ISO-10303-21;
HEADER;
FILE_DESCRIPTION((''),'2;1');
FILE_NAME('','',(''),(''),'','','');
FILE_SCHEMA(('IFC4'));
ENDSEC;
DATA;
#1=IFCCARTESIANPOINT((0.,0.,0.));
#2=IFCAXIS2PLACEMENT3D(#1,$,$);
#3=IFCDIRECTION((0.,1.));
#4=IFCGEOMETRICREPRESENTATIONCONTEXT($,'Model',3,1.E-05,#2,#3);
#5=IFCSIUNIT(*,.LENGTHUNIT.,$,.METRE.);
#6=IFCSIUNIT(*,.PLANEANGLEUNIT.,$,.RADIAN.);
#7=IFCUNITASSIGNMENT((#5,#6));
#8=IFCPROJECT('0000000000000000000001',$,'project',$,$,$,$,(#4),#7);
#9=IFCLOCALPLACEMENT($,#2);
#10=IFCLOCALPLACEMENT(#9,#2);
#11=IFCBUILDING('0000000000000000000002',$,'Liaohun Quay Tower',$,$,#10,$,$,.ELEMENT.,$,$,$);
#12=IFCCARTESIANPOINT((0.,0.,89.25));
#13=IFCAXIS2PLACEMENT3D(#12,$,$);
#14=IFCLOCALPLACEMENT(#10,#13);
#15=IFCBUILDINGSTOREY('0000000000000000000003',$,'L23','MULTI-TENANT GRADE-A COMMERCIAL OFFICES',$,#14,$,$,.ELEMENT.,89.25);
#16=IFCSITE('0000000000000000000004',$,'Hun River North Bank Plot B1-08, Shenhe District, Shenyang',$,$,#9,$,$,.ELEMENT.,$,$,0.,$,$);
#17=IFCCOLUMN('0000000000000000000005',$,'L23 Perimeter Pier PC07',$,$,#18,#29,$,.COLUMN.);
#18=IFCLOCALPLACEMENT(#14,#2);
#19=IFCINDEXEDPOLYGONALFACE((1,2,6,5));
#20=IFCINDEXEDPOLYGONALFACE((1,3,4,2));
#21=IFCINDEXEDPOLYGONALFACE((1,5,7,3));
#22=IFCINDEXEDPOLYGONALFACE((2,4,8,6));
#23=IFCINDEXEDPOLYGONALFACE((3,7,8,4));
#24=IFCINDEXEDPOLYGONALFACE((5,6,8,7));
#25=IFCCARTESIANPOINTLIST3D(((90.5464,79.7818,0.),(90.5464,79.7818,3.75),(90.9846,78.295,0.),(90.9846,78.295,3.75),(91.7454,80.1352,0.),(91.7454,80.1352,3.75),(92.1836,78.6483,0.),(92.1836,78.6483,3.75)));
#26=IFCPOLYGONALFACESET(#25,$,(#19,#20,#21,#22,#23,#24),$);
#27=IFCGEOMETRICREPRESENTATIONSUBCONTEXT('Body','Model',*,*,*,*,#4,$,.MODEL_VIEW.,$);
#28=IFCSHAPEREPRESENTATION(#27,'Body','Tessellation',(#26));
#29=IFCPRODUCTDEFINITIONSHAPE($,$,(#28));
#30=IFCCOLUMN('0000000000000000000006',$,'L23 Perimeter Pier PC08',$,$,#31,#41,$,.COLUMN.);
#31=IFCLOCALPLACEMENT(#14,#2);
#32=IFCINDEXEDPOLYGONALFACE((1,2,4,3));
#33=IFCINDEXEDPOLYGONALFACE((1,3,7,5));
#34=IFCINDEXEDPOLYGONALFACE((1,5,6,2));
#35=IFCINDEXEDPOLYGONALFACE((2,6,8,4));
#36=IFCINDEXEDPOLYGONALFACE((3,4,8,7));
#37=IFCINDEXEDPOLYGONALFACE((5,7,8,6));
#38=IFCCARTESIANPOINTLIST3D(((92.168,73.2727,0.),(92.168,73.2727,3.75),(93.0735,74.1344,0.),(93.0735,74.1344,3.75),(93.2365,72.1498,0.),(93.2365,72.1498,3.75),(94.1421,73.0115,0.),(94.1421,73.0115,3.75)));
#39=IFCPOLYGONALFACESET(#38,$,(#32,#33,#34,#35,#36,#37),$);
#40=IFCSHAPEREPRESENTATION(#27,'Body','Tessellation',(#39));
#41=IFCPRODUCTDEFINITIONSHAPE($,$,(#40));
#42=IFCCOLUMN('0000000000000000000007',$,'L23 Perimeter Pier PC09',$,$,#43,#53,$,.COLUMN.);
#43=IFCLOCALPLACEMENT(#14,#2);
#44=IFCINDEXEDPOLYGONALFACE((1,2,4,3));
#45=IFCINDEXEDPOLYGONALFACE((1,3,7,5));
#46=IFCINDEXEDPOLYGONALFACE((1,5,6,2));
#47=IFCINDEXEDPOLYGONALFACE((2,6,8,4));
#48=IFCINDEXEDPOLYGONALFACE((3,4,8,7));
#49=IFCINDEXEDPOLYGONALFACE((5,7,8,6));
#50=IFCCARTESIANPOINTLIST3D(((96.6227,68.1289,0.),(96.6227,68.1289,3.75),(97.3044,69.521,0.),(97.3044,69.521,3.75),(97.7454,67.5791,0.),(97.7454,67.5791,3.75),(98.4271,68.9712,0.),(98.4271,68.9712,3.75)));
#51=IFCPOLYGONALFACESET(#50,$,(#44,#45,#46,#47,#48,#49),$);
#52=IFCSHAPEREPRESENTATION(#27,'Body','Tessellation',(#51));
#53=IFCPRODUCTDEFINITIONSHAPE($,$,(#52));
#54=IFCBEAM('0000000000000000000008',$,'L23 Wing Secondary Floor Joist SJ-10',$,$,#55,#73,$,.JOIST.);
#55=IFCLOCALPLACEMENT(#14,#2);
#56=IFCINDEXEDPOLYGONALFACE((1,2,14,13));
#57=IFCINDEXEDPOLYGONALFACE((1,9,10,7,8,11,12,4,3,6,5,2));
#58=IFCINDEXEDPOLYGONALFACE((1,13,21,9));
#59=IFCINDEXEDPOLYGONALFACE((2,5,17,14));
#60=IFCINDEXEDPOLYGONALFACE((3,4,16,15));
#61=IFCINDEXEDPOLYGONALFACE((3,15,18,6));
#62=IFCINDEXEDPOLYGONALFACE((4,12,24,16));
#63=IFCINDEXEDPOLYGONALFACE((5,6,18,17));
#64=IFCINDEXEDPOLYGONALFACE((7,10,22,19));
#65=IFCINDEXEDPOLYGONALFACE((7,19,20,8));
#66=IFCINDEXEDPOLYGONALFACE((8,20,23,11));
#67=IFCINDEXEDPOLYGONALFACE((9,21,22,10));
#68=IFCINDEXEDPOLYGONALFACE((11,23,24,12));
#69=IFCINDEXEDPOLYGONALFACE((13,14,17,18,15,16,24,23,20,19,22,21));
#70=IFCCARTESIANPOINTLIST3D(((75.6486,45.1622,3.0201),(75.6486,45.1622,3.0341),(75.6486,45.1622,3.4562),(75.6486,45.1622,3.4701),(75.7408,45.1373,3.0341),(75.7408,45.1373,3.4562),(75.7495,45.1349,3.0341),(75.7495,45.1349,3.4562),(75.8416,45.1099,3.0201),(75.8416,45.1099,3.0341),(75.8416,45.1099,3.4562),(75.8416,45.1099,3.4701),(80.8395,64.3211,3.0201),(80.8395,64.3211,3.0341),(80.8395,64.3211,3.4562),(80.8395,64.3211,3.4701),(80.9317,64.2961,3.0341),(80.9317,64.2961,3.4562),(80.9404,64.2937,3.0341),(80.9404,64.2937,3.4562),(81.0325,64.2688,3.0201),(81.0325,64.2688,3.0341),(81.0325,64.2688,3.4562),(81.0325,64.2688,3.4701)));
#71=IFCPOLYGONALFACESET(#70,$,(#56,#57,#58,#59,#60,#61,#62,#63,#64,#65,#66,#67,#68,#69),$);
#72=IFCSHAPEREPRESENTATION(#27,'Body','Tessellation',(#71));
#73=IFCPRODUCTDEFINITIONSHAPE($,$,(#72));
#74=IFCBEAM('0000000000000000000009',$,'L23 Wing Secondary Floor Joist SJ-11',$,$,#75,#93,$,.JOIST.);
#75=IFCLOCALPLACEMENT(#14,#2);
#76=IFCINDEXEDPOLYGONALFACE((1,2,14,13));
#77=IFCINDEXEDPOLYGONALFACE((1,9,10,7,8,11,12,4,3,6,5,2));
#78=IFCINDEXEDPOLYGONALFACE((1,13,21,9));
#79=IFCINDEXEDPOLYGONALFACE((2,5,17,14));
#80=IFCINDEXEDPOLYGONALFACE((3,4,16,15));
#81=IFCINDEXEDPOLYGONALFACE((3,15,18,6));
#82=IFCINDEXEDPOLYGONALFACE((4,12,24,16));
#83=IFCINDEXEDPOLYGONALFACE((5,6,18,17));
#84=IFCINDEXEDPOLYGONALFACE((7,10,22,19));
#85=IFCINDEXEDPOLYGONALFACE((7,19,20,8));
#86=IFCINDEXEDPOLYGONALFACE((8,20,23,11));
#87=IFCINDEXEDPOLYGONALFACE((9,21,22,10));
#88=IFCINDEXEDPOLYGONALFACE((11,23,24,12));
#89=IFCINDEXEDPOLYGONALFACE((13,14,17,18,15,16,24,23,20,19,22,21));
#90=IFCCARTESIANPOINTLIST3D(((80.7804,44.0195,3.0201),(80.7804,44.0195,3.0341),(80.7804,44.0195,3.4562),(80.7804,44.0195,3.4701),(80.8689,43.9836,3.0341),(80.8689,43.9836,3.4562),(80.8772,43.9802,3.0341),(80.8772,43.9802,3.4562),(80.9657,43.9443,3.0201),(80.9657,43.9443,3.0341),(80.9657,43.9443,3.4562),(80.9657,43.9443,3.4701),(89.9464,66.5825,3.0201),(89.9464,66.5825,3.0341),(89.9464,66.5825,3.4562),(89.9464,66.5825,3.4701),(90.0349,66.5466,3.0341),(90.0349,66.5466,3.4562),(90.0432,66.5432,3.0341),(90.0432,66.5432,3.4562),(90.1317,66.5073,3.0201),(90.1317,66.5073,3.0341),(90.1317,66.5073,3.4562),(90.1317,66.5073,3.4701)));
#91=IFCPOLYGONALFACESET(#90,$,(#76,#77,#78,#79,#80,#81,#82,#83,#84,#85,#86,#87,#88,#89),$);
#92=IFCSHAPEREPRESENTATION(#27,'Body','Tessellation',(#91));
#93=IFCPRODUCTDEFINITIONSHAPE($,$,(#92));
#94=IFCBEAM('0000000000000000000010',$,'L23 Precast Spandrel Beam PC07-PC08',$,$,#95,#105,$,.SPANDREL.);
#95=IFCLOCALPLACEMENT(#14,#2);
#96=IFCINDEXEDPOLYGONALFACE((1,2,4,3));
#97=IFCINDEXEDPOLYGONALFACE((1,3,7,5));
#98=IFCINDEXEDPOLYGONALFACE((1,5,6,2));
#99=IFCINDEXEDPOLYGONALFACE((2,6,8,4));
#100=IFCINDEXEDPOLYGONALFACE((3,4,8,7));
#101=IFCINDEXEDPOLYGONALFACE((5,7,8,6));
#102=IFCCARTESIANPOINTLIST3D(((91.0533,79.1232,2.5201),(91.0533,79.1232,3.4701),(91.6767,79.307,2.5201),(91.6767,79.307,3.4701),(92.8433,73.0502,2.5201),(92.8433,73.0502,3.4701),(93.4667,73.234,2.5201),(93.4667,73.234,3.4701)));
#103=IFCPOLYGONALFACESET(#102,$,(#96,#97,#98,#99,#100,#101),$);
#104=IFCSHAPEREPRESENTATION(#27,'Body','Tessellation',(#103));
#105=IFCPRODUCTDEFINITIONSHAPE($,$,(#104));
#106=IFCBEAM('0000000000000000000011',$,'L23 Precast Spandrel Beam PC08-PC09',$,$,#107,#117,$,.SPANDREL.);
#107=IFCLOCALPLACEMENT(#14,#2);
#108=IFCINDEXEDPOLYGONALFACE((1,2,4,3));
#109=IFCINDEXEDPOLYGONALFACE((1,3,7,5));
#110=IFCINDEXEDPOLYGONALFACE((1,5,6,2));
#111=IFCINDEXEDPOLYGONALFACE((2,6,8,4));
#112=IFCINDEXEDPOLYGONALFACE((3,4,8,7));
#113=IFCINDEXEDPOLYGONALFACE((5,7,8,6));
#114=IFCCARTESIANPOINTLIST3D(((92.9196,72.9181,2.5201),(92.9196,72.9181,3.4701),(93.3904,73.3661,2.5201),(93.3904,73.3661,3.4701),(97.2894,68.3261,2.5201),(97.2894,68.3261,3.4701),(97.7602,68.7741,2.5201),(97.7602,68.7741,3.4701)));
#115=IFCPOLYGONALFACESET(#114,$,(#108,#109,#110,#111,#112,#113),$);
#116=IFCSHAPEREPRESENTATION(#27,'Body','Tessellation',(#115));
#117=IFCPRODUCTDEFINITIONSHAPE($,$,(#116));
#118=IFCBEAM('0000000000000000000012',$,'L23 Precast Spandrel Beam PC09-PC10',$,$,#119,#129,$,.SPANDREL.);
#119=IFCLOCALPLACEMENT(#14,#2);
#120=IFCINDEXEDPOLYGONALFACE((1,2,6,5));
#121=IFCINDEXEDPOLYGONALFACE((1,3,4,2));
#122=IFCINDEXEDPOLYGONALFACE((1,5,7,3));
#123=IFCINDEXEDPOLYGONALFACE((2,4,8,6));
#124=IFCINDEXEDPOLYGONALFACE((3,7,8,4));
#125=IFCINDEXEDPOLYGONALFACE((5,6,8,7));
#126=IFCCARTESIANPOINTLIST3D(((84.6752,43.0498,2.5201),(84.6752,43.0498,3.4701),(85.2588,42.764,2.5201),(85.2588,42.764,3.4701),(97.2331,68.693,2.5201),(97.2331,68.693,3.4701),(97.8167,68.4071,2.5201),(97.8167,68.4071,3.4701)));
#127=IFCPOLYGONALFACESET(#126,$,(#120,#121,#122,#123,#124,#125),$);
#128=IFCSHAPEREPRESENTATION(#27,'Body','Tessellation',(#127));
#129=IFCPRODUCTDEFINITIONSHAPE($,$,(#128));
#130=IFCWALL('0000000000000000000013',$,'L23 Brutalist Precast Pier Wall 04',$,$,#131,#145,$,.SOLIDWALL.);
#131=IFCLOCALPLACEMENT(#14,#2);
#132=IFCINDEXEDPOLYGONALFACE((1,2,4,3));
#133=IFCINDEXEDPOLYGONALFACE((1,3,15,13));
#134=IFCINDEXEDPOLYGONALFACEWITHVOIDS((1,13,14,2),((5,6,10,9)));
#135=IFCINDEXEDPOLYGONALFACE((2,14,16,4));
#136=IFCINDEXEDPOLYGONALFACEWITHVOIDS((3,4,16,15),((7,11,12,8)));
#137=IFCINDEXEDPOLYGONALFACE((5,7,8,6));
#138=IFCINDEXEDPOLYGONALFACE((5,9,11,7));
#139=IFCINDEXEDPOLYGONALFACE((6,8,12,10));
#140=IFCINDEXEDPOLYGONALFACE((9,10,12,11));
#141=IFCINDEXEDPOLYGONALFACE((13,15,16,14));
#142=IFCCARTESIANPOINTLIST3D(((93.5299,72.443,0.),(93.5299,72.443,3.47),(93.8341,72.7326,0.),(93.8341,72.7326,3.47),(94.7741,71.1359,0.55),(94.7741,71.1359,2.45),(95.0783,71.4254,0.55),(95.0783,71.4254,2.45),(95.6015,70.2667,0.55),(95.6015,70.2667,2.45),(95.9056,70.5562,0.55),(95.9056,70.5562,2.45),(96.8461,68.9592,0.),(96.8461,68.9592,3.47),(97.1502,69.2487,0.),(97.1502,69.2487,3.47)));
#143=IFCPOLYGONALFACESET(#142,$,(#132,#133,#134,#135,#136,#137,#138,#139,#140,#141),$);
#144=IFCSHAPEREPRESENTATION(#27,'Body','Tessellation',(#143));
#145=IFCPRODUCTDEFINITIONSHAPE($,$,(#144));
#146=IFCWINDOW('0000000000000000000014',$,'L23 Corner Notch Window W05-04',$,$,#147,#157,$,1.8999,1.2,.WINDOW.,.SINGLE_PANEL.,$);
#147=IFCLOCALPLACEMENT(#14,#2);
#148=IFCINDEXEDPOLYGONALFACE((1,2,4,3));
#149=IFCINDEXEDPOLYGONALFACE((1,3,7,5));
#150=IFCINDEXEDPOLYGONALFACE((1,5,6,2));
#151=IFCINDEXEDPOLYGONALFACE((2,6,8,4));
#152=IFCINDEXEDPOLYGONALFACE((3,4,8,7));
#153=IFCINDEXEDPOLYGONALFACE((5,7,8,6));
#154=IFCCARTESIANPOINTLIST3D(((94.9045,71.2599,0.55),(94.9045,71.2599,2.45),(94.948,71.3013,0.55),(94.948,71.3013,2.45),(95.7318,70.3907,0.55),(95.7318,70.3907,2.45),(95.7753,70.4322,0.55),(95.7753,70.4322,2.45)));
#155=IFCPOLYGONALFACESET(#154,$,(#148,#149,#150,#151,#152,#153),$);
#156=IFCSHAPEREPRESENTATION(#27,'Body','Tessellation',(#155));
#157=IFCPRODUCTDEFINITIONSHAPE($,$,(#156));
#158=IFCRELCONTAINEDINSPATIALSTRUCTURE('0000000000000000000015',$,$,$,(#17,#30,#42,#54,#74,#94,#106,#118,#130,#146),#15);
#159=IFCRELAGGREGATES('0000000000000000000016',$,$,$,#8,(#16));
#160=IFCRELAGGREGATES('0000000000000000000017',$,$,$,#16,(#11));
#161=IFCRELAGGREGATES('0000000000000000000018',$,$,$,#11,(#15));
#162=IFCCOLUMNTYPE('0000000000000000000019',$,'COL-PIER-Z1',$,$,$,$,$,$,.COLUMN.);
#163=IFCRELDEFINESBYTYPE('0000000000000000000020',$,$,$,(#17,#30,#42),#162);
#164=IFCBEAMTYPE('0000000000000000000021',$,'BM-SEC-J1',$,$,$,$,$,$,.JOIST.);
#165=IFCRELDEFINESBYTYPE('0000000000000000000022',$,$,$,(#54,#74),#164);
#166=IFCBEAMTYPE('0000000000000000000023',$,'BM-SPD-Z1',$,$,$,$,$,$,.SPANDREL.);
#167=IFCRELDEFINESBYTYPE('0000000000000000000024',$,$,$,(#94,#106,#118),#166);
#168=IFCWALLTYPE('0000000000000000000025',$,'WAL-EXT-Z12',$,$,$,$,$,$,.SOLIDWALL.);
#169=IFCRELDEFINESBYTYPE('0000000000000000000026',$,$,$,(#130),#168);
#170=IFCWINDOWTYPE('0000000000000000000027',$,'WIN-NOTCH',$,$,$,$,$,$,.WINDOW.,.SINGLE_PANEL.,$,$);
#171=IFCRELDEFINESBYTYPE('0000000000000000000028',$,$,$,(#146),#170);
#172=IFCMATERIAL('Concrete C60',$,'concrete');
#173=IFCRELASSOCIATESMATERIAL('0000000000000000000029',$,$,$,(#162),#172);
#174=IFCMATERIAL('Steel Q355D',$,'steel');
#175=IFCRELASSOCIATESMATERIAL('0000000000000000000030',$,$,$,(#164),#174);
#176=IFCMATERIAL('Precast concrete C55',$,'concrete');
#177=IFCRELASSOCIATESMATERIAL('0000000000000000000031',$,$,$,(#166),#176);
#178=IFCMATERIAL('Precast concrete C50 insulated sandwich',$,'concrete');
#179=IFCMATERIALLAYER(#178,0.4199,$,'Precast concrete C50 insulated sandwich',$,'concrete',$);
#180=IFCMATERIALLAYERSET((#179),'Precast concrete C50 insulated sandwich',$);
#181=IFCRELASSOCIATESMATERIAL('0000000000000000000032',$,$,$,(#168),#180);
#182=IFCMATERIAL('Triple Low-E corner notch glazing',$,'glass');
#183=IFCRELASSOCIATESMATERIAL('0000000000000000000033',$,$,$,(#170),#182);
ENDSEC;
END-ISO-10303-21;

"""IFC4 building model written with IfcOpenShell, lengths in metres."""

from ifc_helpers import new_model, si_unit, direction, frame, frame_2d, origin, origin_2d, place, context, subcontext, project, spatial, rectangle, i_section, extrude, source, transform, mapped, material, layer, layer_set, material_profile, profile_set, type_object, element, fill, save


model = new_model("IFC4")

# Units and contexts
model_context = context("Model", 3, precision=1e-05, world=origin(), true_north=direction((0.0, 1.0)))
body_context = subcontext(model_context, "Body", "Model", "MODEL_VIEW")
ifc_project = project(units=[si_unit("LENGTHUNIT", "METRE"), si_unit("PLANEANGLEUNIT", "RADIAN")], contexts=[model_context])

# Site, building, storey
site_placement = place(None, origin())
site = spatial("IfcSite", under=ifc_project, at=site_placement, Name="Hun River North Bank Plot B1-08, Shenhe District, Shenyang", CompositionType="ELEMENT", RefElevation=0.0)
building_placement = place(site_placement, origin())
building = spatial("IfcBuilding", under=site, at=building_placement, Name="Liaohun Quay Tower", CompositionType="ELEMENT")
storey_placement = place(building_placement, frame((0.0, 0.0, 89.25)))
storey = spatial("IfcBuildingStorey", under=building, at=storey_placement, Name="L23", Description="MULTI-TENANT GRADE-A COMMERCIAL OFFICES", CompositionType="ELEMENT", Elevation=89.25)

# Columns
ifc_material_1 = material(Name="Concrete C60", Category="concrete")
ifc_material_profile_1 = material_profile(ifc_material_1, rectangle(XDim=1.55, YDim=1.25, at=origin_2d()), Name="RC1550x1250")
ifc_profile_set_1 = profile_set([ifc_material_profile_1], Name="Concrete C60")
column_type = type_object("IfcColumnType", Name="COL-PIER-Z1", PredefinedType="COLUMN", material=ifc_profile_set_1)
shared_shape_1 = source(origin(), body_context, "Body", "SweptSolid", [
    extrude(rectangle(XDim=1.55, YDim=1.25, at=origin_2d()), origin(), (0.0, 0.0, 1.0), 3.75),
])
for number, where, z_axis, x_axis, name in (
    (1, (91.365, 79.2151, 0.0), (0.0, 0.0, 1.0), (-0.282676, 0.959215, 0.0), "L23 Perimeter Pier PC07"),
    (2, (93.155, 73.1421, 0.0), (0.0, 0.0, 1.0), (-0.689367, 0.724413, 0.0), "L23 Perimeter Pier PC08"),
    (3, (97.5249, 68.55, 0.0), (0.0, 0.0, 1.0), (0.439782, 0.898104, 0.0), "L23 Perimeter Pier PC09"),
):
    element("IfcColumn", number, at=place(storey_placement, frame(where, z_axis=z_axis, x_axis=x_axis)), inside=storey, type_object=column_type, Name=name, PredefinedType="COLUMN", context=body_context, shape_type="MappedRepresentation", body=[
        mapped(shared_shape_1, transform((0.0, 0.0, 0.0), x_axis=(1.0, 0.0, 0.0), y_axis=(0.0, 1.0, 0.0), z_axis=(0.0, 0.0, 1.0), scale=1.0)),
    ])

# Beams
ifc_material_2 = material(Name="Steel Q355D", Category="steel")
ifc_material_profile_2 = material_profile(ifc_material_2, i_section(OverallWidth=0.2, OverallDepth=0.45, WebThickness=0.009, FlangeThickness=0.0139, at=origin_2d()), Name="HN450x200x9x14")
ifc_profile_set_2 = profile_set([ifc_material_profile_2], Name="Steel Q355D")
beam_type_1 = type_object("IfcBeamType", Name="BM-SEC-J1", PredefinedType="JOIST", material=ifc_profile_set_2)
shared_shape_2 = source(origin(), body_context, "Body", "SweptSolid", [
    extrude(i_section(OverallWidth=0.2, OverallDepth=0.45, WebThickness=0.009, FlangeThickness=0.0139, at=origin_2d()), origin(), (0.0, 0.0, 1.0), 19.8496),
])
beam_1_placement = place(storey_placement, frame((80.936, 64.2949, 3.2451), z_axis=(-0.261511, -0.9652, 0.0), x_axis=(0.9652, -0.261511, 0.0)))
element("IfcBeam", 4, at=beam_1_placement, inside=storey, type_object=beam_type_1, Name="L23 Wing Secondary Floor Joist SJ-10", PredefinedType="JOIST", context=body_context, shape_type="MappedRepresentation", body=[
    mapped(shared_shape_2, transform((0.0, 0.0, 0.0), x_axis=(1.0, 0.0, 0.0), y_axis=(0.0, 1.0, 0.0), z_axis=(0.0, 0.0, 1.0), scale=1.0)),
])
shared_shape_3 = source(origin(), body_context, "Body", "SweptSolid", [
    extrude(i_section(OverallWidth=0.2, OverallDepth=0.45, WebThickness=0.009, FlangeThickness=0.0139, at=origin_2d()), origin(), (0.0, 0.0, 1.0), 24.3538),
])
beam_2_placement = place(storey_placement, frame((90.0391, 66.5449, 3.2451), z_axis=(-0.37637, -0.926469, 0.0), x_axis=(0.926469, -0.37637, 0.0)))
element("IfcBeam", 5, at=beam_2_placement, inside=storey, type_object=beam_type_1, Name="L23 Wing Secondary Floor Joist SJ-11", PredefinedType="JOIST", context=body_context, shape_type="MappedRepresentation", body=[
    mapped(shared_shape_3, transform((0.0, 0.0, 0.0), x_axis=(1.0, 0.0, 0.0), y_axis=(0.0, 1.0, 0.0), z_axis=(0.0, 0.0, 1.0), scale=1.0)),
])
ifc_material_3 = material(Name="Precast concrete C55", Category="concrete")
ifc_material_profile_3 = material_profile(ifc_material_3, rectangle(XDim=0.6499, YDim=0.95, at=origin_2d()), Name="RC650x950")
ifc_profile_set_3 = profile_set([ifc_material_profile_3], Name="Precast concrete C55")
beam_type_2 = type_object("IfcBeamType", Name="BM-SPD-Z1", PredefinedType="SPANDREL", material=ifc_profile_set_3)
shared_shape_4 = source(origin(), body_context, "Body", "SweptSolid", [
    extrude(rectangle(XDim=0.6499, YDim=0.95, at=origin_2d()), origin(), (0.0, 0.0, 1.0), 6.3313),
])
beam_3_placement = place(storey_placement, frame((91.365, 79.2151, 2.9951), z_axis=(0.282728, -0.9592, 0.0), x_axis=(0.9592, 0.282728, 0.0)))
element("IfcBeam", 6, at=beam_3_placement, inside=storey, type_object=beam_type_2, Name="L23 Precast Spandrel Beam PC07-PC08", PredefinedType="SPANDREL", context=body_context, shape_type="MappedRepresentation", body=[
    mapped(shared_shape_4, transform((0.0, 0.0, 0.0), x_axis=(1.0, 0.0, 0.0), y_axis=(0.0, 1.0, 0.0), z_axis=(0.0, 0.0, 1.0), scale=1.0)),
])
shared_shape_5 = source(origin(), body_context, "Body", "SweptSolid", [
    extrude(rectangle(XDim=0.6499, YDim=0.95, at=origin_2d()), origin(), (0.0, 0.0, 1.0), 6.3389),
])
beam_4_placement = place(storey_placement, frame((93.155, 73.1421, 2.9951), z_axis=(0.689366, -0.724414, 0.0), x_axis=(0.724414, 0.689366, 0.0)))
element("IfcBeam", 7, at=beam_4_placement, inside=storey, type_object=beam_type_2, Name="L23 Precast Spandrel Beam PC08-PC09", PredefinedType="SPANDREL", context=body_context, shape_type="MappedRepresentation", body=[
    mapped(shared_shape_5, transform((0.0, 0.0, 0.0), x_axis=(1.0, 0.0, 0.0), y_axis=(0.0, 1.0, 0.0), z_axis=(0.0, 0.0, 1.0), scale=1.0)),
])
shared_shape_6 = source(origin(), body_context, "Body", "SweptSolid", [
    extrude(rectangle(XDim=0.6499, YDim=0.95, at=origin_2d()), origin(), (0.0, 0.0, 1.0), 28.553),
])
beam_5_placement = place(storey_placement, frame((97.5249, 68.55, 2.9951), z_axis=(-0.439811, -0.89809, 0.0), x_axis=(0.89809, -0.439811, 0.0)))
element("IfcBeam", 8, at=beam_5_placement, inside=storey, type_object=beam_type_2, Name="L23 Precast Spandrel Beam PC09-PC10", PredefinedType="SPANDREL", context=body_context, shape_type="MappedRepresentation", body=[
    mapped(shared_shape_6, transform((0.0, 0.0, 0.0), x_axis=(1.0, 0.0, 0.0), y_axis=(0.0, 1.0, 0.0), z_axis=(0.0, 0.0, 1.0), scale=1.0)),
])

# Wall, opening, window
ifc_material_4 = material(Name="Precast concrete C50 insulated sandwich", Category="concrete")
ifc_layer_1 = layer(ifc_material_4, 0.4199, Name="Precast concrete C50 insulated sandwich", Category="concrete")
ifc_layer_set_1 = layer_set([ifc_layer_1], Name="Precast concrete C50 insulated sandwich")
wall_type_1 = type_object("IfcWallType", Name="WAL-EXT-Z12", PredefinedType="SOLIDWALL", material=ifc_layer_set_1)
wall_1_placement = place(storey_placement, frame((96.998, 69.104, 0.0), z_axis=(0.0, 0.0, 1.0), x_axis=(-0.689456, 0.724327, 0.0)))
wall_1 = element("IfcWall", 9, at=wall_1_placement, inside=storey, type_object=wall_type_1, Name="L23 Brutalist Precast Pier Wall 04", PredefinedType="SOLIDWALL", context=body_context, shape_type="SweptSolid", body=[
    extrude(rectangle(XDim=4.8098, YDim=0.4199, at=frame_2d((2.4048, 0.0))), origin(), (0.0, 0.0, 1.0), 3.47),
])
shared_shape_7 = source(origin(), body_context, "Body", "SweptSolid", [
    extrude(rectangle(XDim=1.2, YDim=1.8999, at=frame_2d((0.6001, 0.95))), frame((0.0, 0.22, 0.0), z_axis=(0.0, -1.0, 0.0), x_axis=(1.0, 0.0, 0.0)), (0.0, 0.0, 1.0), 0.4399),
])
opening_1_placement = place(wall_1_placement, frame((1.8049, 0.0, 0.55)))
opening_1 = element("IfcOpeningElement", 10, at=opening_1_placement, cuts=wall_1, PredefinedType="OPENING", context=body_context, shape_type="MappedRepresentation", body=[
    mapped(shared_shape_7, transform((0.0, 0.0, 0.0), x_axis=(1.0, 0.0, 0.0), y_axis=(0.0, 1.0, 0.0), z_axis=(0.0, 0.0, 1.0), scale=1.0)),
])
ifc_material_5 = material(Name="Triple Low-E corner notch glazing", Category="glass")
window_type_1 = type_object("IfcWindowType", Name="WIN-NOTCH", PartitioningType="SINGLE_PANEL", PredefinedType="WINDOW", material=ifc_material_5)
shared_shape_8 = source(origin(), body_context, "Body", "SweptSolid", [
    extrude(rectangle(XDim=1.2, YDim=1.8999, at=frame_2d((0.6001, 0.95))), frame((0.0, 0.03, 0.0), z_axis=(0.0, -1.0, 0.0), x_axis=(1.0, 0.0, 0.0)), (0.0, 0.0, 1.0), 0.0601),
])
window_1_placement = place(opening_1_placement, origin())
window_1 = element("IfcWindow", 11, at=window_1_placement, inside=storey, type_object=window_type_1, Name="L23 Corner Notch Window W05-04", OverallHeight=1.8999, OverallWidth=1.2, PartitioningType="SINGLE_PANEL", PredefinedType="WINDOW", context=body_context, shape_type="MappedRepresentation", body=[
    mapped(shared_shape_8, transform((0.0, 0.0, 0.0), x_axis=(1.0, 0.0, 0.0), y_axis=(0.0, 1.0, 0.0), z_axis=(0.0, 0.0, 1.0), scale=1.0)),
])
fill(opening_1, window_1)

save(model, "model.ifc")
